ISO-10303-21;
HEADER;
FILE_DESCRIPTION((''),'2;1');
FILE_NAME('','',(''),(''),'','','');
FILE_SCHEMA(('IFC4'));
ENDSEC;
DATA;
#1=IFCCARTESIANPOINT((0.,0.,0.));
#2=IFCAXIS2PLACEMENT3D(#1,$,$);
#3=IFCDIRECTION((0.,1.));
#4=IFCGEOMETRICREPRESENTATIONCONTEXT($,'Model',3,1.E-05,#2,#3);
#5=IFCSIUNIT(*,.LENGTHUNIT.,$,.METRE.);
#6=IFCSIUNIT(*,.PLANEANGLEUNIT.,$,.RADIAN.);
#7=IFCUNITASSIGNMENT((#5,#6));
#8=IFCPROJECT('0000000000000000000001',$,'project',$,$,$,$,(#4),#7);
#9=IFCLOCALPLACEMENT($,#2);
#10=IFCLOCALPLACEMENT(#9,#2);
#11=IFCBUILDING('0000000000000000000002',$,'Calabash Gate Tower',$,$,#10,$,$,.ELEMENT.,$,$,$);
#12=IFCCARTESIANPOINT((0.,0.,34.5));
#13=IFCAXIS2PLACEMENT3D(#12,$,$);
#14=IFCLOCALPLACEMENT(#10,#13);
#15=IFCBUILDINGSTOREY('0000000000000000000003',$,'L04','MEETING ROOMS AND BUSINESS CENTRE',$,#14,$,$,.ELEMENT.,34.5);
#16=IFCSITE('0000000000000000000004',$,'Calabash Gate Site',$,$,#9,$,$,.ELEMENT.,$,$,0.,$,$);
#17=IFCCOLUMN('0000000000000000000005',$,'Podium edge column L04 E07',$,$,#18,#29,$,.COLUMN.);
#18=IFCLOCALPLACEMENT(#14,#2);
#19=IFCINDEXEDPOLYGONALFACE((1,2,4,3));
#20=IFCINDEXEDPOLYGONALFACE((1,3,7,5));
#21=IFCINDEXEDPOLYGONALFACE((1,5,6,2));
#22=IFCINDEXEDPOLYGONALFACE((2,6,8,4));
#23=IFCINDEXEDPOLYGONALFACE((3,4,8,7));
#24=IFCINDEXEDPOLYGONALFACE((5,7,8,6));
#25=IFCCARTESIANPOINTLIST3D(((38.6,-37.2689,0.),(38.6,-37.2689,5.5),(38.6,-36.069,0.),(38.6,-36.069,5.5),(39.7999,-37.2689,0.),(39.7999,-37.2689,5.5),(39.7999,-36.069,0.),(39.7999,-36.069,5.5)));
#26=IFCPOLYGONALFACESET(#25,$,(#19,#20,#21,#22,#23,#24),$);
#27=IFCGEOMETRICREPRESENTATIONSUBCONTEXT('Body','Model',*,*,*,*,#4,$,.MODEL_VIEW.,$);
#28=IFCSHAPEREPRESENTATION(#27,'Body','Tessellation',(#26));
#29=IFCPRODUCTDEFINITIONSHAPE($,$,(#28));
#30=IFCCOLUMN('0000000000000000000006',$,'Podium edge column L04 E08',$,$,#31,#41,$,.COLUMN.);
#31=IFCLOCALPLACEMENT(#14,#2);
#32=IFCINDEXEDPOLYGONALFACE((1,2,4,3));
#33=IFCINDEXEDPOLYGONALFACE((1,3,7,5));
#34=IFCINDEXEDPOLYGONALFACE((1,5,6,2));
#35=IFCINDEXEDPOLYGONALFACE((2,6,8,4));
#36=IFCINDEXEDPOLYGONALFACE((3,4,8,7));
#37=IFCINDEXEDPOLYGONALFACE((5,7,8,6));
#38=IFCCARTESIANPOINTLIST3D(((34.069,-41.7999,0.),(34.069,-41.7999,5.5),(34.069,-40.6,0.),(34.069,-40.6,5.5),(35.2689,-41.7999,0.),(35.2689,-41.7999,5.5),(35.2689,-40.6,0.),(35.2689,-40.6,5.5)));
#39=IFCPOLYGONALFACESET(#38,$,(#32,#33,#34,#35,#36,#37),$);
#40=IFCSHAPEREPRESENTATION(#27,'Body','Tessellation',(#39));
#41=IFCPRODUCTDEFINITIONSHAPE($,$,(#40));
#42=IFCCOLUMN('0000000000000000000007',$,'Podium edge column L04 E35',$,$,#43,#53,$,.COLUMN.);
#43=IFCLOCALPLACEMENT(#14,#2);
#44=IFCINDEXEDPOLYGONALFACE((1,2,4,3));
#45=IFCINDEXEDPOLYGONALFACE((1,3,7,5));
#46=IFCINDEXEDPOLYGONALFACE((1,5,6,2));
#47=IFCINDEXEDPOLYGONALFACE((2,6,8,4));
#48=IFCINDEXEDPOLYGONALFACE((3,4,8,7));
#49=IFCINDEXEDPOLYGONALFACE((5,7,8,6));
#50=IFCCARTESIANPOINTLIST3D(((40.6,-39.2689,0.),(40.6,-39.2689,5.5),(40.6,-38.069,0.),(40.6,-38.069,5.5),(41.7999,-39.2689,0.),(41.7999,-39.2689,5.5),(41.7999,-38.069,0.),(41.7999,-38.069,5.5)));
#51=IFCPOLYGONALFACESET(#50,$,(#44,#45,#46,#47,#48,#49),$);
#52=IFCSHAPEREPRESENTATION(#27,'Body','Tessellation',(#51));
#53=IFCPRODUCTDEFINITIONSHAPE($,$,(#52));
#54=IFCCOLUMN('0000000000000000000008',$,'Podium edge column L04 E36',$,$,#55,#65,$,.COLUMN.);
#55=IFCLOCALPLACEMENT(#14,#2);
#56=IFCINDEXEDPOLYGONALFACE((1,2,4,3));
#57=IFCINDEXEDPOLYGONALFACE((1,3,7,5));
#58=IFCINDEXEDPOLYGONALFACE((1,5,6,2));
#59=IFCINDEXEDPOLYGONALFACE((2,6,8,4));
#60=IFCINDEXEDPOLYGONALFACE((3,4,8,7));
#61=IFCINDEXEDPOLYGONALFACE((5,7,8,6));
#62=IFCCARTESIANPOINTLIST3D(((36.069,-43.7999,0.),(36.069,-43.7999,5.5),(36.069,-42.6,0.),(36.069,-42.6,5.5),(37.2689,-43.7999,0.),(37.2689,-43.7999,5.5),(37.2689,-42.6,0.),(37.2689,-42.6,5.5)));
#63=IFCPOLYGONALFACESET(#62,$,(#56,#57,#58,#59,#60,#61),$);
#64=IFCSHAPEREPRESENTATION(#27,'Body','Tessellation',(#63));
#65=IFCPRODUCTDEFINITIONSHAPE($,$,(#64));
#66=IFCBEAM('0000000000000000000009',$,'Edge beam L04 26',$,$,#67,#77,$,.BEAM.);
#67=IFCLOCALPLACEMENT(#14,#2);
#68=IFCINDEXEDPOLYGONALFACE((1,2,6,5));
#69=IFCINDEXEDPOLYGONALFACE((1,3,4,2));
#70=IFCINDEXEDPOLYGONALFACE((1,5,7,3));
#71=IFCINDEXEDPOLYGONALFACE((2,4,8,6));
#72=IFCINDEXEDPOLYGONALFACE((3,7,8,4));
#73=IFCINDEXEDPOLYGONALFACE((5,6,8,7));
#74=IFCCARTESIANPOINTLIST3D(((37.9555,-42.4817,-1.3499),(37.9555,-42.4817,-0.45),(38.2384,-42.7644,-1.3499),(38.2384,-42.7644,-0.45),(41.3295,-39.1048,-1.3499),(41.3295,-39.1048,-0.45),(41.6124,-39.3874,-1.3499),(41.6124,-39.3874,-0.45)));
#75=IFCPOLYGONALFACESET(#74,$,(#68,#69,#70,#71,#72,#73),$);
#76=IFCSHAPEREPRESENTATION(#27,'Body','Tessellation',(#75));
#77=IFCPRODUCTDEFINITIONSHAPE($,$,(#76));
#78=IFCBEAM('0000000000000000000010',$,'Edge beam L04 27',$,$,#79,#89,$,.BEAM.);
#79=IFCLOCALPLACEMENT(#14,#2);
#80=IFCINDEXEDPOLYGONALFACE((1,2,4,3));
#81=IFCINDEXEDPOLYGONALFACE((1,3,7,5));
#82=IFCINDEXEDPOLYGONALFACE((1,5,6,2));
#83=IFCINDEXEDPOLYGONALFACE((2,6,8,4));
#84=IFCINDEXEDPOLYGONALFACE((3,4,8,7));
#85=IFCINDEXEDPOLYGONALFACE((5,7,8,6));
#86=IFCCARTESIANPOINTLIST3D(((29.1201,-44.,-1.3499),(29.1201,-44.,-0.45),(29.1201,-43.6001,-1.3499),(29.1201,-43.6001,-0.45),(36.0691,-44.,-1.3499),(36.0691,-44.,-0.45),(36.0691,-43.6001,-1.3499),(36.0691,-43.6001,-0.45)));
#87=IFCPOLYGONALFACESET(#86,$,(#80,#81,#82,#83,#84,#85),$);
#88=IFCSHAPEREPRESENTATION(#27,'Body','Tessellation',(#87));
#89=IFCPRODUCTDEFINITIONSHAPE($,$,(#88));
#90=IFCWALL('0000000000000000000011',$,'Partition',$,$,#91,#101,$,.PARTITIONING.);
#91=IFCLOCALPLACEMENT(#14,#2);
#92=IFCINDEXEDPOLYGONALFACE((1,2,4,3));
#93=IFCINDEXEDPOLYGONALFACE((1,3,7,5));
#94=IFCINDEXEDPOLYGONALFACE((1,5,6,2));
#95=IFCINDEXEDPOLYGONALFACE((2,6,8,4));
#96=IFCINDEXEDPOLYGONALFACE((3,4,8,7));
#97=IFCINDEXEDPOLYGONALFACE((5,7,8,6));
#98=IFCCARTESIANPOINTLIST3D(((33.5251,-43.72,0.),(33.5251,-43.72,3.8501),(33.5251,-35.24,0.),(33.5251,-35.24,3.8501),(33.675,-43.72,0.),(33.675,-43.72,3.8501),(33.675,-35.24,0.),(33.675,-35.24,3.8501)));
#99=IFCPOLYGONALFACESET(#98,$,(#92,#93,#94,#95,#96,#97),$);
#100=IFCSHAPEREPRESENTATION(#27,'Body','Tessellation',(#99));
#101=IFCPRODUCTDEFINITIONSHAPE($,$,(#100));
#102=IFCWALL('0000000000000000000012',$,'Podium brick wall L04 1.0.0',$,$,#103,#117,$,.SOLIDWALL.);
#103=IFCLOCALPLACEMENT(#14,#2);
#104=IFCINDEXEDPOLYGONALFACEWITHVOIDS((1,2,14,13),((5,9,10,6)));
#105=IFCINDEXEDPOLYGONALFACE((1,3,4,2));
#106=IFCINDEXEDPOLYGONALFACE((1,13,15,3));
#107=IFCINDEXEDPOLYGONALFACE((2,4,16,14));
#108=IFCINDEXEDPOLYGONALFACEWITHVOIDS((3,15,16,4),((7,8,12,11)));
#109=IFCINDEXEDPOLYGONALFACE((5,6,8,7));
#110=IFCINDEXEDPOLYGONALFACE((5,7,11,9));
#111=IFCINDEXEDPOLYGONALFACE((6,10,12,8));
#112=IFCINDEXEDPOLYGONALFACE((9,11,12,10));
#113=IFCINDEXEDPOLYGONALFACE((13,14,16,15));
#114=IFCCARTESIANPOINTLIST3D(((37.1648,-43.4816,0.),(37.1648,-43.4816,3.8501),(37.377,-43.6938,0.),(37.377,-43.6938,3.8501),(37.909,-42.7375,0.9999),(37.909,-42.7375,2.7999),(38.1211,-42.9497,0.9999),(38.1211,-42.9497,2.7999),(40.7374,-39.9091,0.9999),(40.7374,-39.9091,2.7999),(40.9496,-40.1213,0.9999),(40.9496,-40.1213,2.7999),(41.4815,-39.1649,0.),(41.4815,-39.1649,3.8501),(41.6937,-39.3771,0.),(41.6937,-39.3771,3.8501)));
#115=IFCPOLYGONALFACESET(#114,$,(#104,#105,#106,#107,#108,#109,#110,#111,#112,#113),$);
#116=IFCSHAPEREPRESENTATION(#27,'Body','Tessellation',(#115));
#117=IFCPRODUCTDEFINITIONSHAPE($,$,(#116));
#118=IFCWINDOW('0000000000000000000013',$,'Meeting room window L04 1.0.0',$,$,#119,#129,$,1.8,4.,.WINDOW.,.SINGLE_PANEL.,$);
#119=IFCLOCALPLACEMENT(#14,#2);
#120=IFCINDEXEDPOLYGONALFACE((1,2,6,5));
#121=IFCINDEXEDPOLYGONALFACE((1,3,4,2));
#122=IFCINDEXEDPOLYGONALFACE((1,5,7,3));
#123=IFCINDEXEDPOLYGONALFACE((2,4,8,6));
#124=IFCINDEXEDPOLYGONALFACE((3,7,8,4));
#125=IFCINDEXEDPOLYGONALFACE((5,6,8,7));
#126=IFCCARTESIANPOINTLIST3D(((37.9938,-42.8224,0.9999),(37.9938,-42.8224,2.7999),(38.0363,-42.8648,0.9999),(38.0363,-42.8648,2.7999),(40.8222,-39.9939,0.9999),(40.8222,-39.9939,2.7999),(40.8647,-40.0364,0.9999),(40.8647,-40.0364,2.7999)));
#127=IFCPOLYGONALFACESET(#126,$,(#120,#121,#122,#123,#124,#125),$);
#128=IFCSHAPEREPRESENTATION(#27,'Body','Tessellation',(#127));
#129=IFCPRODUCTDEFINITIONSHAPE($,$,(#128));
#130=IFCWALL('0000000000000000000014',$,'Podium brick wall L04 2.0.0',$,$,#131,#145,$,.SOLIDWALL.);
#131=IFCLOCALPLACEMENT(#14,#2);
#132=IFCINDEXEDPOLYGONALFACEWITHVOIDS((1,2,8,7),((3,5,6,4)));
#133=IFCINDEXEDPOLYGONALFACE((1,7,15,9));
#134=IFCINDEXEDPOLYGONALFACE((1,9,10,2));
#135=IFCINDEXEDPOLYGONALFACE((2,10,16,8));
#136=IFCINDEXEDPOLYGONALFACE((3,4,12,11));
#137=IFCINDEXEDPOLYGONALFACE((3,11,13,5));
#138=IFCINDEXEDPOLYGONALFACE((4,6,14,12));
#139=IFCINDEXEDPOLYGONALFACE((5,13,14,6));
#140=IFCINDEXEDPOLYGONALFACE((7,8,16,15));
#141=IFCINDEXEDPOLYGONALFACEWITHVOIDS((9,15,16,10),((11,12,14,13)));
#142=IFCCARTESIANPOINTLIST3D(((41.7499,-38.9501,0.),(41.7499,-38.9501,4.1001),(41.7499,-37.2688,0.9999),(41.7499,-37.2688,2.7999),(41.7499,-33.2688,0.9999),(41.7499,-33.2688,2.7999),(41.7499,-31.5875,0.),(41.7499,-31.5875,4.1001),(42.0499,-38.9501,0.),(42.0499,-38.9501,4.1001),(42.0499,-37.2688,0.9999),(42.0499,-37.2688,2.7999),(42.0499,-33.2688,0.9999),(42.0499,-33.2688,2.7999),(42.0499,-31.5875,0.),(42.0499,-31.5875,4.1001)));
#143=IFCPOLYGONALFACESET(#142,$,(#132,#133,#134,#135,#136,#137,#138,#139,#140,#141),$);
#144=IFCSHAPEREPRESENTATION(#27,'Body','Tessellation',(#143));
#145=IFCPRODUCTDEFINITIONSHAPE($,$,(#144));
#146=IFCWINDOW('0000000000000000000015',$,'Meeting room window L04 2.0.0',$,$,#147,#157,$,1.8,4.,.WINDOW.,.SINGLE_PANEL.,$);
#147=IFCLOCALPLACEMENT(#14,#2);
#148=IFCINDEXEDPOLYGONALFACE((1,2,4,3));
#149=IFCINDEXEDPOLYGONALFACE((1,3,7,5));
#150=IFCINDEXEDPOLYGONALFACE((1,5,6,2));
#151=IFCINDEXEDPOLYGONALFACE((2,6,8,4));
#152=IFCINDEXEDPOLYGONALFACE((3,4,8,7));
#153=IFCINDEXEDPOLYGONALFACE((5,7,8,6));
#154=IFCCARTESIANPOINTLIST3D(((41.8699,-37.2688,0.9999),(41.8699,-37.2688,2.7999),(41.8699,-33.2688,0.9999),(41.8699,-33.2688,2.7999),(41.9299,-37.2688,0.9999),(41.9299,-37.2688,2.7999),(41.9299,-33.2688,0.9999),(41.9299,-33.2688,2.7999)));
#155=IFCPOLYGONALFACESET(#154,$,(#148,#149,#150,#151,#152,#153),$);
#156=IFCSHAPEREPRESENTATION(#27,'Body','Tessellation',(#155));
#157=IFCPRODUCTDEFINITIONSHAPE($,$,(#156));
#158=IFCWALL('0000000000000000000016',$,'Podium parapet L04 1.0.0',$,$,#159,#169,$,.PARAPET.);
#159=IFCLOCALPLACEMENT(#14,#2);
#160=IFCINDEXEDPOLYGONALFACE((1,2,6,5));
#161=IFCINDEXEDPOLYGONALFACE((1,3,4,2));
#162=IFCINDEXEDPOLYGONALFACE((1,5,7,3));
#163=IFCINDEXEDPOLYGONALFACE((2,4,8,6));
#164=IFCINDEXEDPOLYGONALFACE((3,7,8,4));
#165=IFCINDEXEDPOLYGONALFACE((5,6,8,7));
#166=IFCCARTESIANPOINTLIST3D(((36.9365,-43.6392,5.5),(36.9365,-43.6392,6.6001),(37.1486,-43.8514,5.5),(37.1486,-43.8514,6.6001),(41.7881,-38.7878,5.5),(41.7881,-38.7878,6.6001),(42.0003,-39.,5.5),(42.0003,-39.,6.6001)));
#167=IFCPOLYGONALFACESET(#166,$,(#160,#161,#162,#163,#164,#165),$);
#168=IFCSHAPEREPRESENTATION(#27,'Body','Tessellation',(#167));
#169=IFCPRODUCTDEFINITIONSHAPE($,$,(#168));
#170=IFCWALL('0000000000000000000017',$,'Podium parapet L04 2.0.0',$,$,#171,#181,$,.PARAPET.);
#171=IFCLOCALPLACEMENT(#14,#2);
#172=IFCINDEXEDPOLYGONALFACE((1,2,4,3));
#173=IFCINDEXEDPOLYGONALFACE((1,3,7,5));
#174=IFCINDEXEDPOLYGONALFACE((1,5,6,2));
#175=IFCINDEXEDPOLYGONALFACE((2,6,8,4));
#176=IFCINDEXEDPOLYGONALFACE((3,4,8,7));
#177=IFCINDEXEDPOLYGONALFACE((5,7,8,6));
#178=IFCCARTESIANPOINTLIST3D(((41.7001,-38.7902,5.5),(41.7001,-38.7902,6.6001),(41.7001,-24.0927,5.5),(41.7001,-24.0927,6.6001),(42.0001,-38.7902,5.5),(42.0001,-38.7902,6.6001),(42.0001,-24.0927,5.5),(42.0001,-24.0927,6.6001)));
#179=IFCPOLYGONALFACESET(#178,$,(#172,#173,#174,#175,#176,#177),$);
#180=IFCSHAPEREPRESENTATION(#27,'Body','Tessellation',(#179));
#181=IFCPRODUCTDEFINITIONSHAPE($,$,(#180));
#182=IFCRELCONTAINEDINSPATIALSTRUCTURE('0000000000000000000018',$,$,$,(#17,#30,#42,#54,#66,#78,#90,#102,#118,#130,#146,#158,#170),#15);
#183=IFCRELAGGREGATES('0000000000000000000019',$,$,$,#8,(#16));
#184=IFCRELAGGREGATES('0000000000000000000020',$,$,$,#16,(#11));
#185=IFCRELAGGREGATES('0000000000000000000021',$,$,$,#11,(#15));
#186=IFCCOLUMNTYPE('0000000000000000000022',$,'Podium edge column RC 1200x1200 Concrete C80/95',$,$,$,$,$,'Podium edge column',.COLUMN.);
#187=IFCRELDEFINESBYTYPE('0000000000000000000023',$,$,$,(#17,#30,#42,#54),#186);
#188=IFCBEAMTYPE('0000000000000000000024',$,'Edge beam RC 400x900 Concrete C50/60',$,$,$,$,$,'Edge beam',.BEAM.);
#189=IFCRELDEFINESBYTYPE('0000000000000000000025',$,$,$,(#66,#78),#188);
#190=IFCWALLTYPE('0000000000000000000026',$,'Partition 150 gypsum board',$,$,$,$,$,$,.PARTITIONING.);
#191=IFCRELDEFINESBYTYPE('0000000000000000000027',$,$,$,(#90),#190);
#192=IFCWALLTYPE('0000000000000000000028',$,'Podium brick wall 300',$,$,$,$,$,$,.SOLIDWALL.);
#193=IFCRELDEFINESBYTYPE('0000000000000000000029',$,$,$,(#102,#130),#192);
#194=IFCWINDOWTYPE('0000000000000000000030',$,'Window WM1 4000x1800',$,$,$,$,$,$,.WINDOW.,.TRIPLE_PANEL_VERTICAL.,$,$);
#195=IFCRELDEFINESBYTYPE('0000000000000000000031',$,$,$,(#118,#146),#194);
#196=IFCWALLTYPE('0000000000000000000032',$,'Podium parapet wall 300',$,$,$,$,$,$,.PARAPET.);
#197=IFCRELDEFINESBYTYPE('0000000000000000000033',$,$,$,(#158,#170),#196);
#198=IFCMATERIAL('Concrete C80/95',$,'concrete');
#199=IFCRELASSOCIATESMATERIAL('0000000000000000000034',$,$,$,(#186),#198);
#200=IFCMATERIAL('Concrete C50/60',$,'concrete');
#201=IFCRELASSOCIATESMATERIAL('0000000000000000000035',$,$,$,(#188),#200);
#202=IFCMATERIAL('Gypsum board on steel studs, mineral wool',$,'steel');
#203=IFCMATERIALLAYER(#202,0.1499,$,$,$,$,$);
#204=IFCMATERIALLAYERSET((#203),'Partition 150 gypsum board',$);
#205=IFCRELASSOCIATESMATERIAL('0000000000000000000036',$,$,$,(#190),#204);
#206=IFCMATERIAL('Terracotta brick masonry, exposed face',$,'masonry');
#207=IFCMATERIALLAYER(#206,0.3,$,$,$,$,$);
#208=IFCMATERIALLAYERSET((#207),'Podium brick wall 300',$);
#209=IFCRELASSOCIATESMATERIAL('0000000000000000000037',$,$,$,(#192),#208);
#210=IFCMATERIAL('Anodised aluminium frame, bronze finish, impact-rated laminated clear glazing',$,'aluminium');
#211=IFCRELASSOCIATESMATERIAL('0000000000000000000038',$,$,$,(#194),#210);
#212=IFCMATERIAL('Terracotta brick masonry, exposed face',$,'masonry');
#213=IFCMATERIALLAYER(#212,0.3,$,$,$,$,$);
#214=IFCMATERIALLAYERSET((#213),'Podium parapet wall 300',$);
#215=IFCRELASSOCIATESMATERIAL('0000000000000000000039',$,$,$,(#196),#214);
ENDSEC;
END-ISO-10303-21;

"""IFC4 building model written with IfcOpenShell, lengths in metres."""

from ifc_helpers import new_model, si_unit, direction, frame, frame_2d, origin, origin_2d, place, context, subcontext, project, spatial, rectangle, extrude, material, layer, layer_set, material_profile, profile_set, type_object, element, fill, save


model = new_model("IFC4")

# Units and contexts
model_context = context("Model", 3, precision=1e-05, world=origin(), true_north=direction((0.0, 1.0)))
body_context = subcontext(model_context, "Body", "Model", "MODEL_VIEW")
ifc_project = project(units=[si_unit("LENGTHUNIT", "METRE"), si_unit("PLANEANGLEUNIT", "RADIAN")], contexts=[model_context])

# Site, building, storey
site_placement = place(None, origin())
site = spatial("IfcSite", under=ifc_project, at=site_placement, Name="Calabash Gate Site", CompositionType="ELEMENT", RefElevation=0.0)
building_placement = place(site_placement, origin())
building = spatial("IfcBuilding", under=site, at=building_placement, Name="Calabash Gate Tower", CompositionType="ELEMENT")
storey_placement = place(building_placement, frame((0.0, 0.0, 34.5)))
storey = spatial("IfcBuildingStorey", under=building, at=storey_placement, Name="L04", Description="MEETING ROOMS AND BUSINESS CENTRE", CompositionType="ELEMENT", Elevation=34.5)

# Columns
ifc_material_1 = material(Name="Concrete C80/95", Category="concrete")
ifc_material_profile_1 = material_profile(ifc_material_1, rectangle(XDim=1.2, YDim=1.2, at=origin_2d()))
ifc_profile_set_1 = profile_set([ifc_material_profile_1], Name="Concrete C80/95")
column_type = type_object("IfcColumnType", Name="Podium edge column RC 1200x1200 Concrete C80/95", ElementType="Podium edge column", PredefinedType="COLUMN", material=ifc_profile_set_1)
for number, where, z_axis, x_axis, name in (
    (1, (39.2, -36.6689, 0.0), (0.0, 0.0, 1.0), (1.0, 0.0, 0.0), "Podium edge column L04 E07"),
    (2, (34.6689, -41.2, 0.0), (0.0, 0.0, 1.0), (1.0, 0.0, 0.0), "Podium edge column L04 E08"),
    (3, (41.2, -38.6689, 0.0), (0.0, 0.0, 1.0), (1.0, 0.0, 0.0), "Podium edge column L04 E35"),
    (4, (36.6689, -43.2, 0.0), (0.0, 0.0, 1.0), (1.0, 0.0, 0.0), "Podium edge column L04 E36"),
):
    element("IfcColumn", number, at=place(storey_placement, frame(where, z_axis=z_axis, x_axis=x_axis)), inside=storey, type_object=column_type, Name=name, PredefinedType="COLUMN", context=body_context, shape_type="SweptSolid", body=[
        extrude(rectangle(XDim=1.2, YDim=1.2, at=origin_2d()), origin(), (0.0, 0.0, 1.0), 5.5),
    ])

# Beams
ifc_material_2 = material(Name="Concrete C50/60", Category="concrete")
ifc_material_profile_2 = material_profile(ifc_material_2, rectangle(XDim=0.3999, YDim=0.8999, at=origin_2d()))
ifc_profile_set_2 = profile_set([ifc_material_profile_2], Name="Concrete C50/60")
beam_type = type_object("IfcBeamType", Name="Edge beam RC 400x900 Concrete C50/60", ElementType="Edge beam", PredefinedType="BEAM", material=ifc_profile_set_2)
beam_1_placement = place(storey_placement, frame((41.4709, -39.2461, -0.8999), z_axis=(-0.7068, -0.707414, 0.0), x_axis=(0.707414, -0.7068, 0.0)))
element("IfcBeam", 5, at=beam_1_placement, inside=storey, type_object=beam_type, Name="Edge beam L04 26", PredefinedType="BEAM", context=body_context, shape_type="SweptSolid", body=[
    extrude(rectangle(XDim=0.3999, YDim=0.8999, at=origin_2d()), origin(), (0.0, 0.0, 1.0), 4.7737),
])
beam_2_placement = place(storey_placement, frame((36.0691, -43.8, -0.8999), z_axis=(-1.0, 0.0, 0.0), x_axis=(0.0, -1.0, 0.0)))
element("IfcBeam", 6, at=beam_2_placement, inside=storey, type_object=beam_type, Name="Edge beam L04 27", PredefinedType="BEAM", context=body_context, shape_type="SweptSolid", body=[
    extrude(rectangle(XDim=0.3999, YDim=0.8999, at=origin_2d()), origin(), (0.0, 0.0, 1.0), 6.949),
])

# Wall
ifc_material_3 = material(Name="Gypsum board on steel studs, mineral wool", Category="steel")
ifc_layer_1 = layer(ifc_material_3, 0.1499)
ifc_layer_set_1 = layer_set([ifc_layer_1], Name="Partition 150 gypsum board")
wall_type_1 = type_object("IfcWallType", Name="Partition 150 gypsum board", PredefinedType="PARTITIONING", material=ifc_layer_set_1)
wall_1_placement = place(storey_placement, frame((33.6001, -43.72, 0.0), z_axis=(0.0, 0.0, 1.0), x_axis=(0.0, 1.0, 0.0)))
element("IfcWall", 7, at=wall_1_placement, inside=storey, type_object=wall_type_1, Name="Partition", PredefinedType="PARTITIONING", context=body_context, shape_type="SweptSolid", body=[
    extrude(rectangle(XDim=8.48, YDim=0.1499, at=frame_2d((4.24, 0.0))), origin(), (0.0, 0.0, 1.0), 3.8501),
])

# Walls, openings, windows
ifc_material_4 = material(Name="Terracotta brick masonry, exposed face", Category="masonry")
ifc_layer_2 = layer(ifc_material_4, 0.3)
ifc_layer_set_2 = layer_set([ifc_layer_2], Name="Podium brick wall 300")
wall_type_2 = type_object("IfcWallType", Name="Podium brick wall 300", PredefinedType="SOLIDWALL", material=ifc_layer_set_2)
wall_2_placement = place(storey_placement, frame((37.271, -43.5876, 0.0), z_axis=(0.0, 0.0, 1.0), x_axis=(0.707107, 0.707107, 0.0)))
wall_2 = element("IfcWall", 8, at=wall_2_placement, inside=storey, type_object=wall_type_2, Name="Podium brick wall L04 1.0.0", PredefinedType="SOLIDWALL", context=body_context, shape_type="SweptSolid", body=[
    extrude(rectangle(XDim=6.1047, YDim=0.3, at=frame_2d((3.0522, 0.0))), origin(), (0.0, 0.0, 1.0), 3.8501),
])
opening_1_placement = place(wall_2_placement, frame((1.0522, 0.0, 1.0)))
opening_1 = element("IfcOpeningElement", 9, at=opening_1_placement, cuts=wall_2, PredefinedType="OPENING", context=body_context, shape_type="SweptSolid", body=[
    extrude(rectangle(XDim=4.0, YDim=1.8, at=frame_2d((2.0, 0.8999))), frame((0.0, 0.1599, 0.0), z_axis=(0.0, -1.0, 0.0), x_axis=(1.0, 0.0, 0.0)), (0.0, 0.0, 1.0), 0.3201),
])
ifc_material_5 = material(Name="Anodised aluminium frame, bronze finish, impact-rated laminated clear glazing", Category="aluminium")
window_type = type_object("IfcWindowType", Name="Window WM1 4000x1800", PartitioningType="TRIPLE_PANEL_VERTICAL", PredefinedType="WINDOW", material=ifc_material_5)
window_1_placement = place(opening_1_placement, origin())
window_1 = element("IfcWindow", 10, at=window_1_placement, inside=storey, type_object=window_type, Name="Meeting room window L04 1.0.0", OverallHeight=1.8, OverallWidth=4.0, PartitioningType="SINGLE_PANEL", PredefinedType="WINDOW", context=body_context, shape_type="SweptSolid", body=[
    extrude(rectangle(XDim=4.0, YDim=1.8, at=frame_2d((2.0, 0.8999))), frame((0.0, 0.03, 0.0), z_axis=(0.0, -1.0, 0.0), x_axis=(1.0, 0.0, 0.0)), (0.0, 0.0, 1.0), 0.0601),
])
fill(opening_1, window_1)
wall_3_placement = place(storey_placement, frame((41.8999, -38.95, 0.0), z_axis=(0.0, 0.0, 1.0), x_axis=(0.0, 1.0, 0.0)))
wall_3 = element("IfcWall", 11, at=wall_3_placement, inside=storey, type_object=wall_type_2, Name="Podium brick wall L04 2.0.0", PredefinedType="SOLIDWALL", context=body_context, shape_type="SweptSolid", body=[
    extrude(rectangle(XDim=7.3625, YDim=0.3, at=frame_2d((3.6812, 0.0))), origin(), (0.0, 0.0, 1.0), 4.1001),
])
opening_2_placement = place(wall_3_placement, frame((1.6812, 0.0, 1.0)))
opening_2 = element("IfcOpeningElement", 12, at=opening_2_placement, cuts=wall_3, PredefinedType="OPENING", context=body_context, shape_type="SweptSolid", body=[
    extrude(rectangle(XDim=4.0, YDim=1.8, at=frame_2d((2.0, 0.8999))), frame((0.0, 0.1599, 0.0), z_axis=(0.0, -1.0, 0.0), x_axis=(1.0, 0.0, 0.0)), (0.0, 0.0, 1.0), 0.3201),
])
window_2_placement = place(opening_2_placement, origin())
window_2 = element("IfcWindow", 13, at=window_2_placement, inside=storey, type_object=window_type, Name="Meeting room window L04 2.0.0", OverallHeight=1.8, OverallWidth=4.0, PartitioningType="SINGLE_PANEL", PredefinedType="WINDOW", context=body_context, shape_type="SweptSolid", body=[
    extrude(rectangle(XDim=4.0, YDim=1.8, at=frame_2d((2.0, 0.8999))), frame((0.0, 0.03, 0.0), z_axis=(0.0, -1.0, 0.0), x_axis=(1.0, 0.0, 0.0)), (0.0, 0.0, 1.0), 0.0601),
])
fill(opening_2, window_2)

# Walls
ifc_material_6 = material(Name="Terracotta brick masonry, exposed face", Category="masonry")
ifc_layer_3 = layer(ifc_material_6, 0.3)
ifc_layer_set_3 = layer_set([ifc_layer_3], Name="Podium parapet wall 300")
wall_type_3 = type_object("IfcWallType", Name="Podium parapet wall 300", PredefinedType="PARAPET", material=ifc_layer_set_3)
wall_4_placement = place(storey_placement, frame((37.0425, -43.7454, 5.5), z_axis=(0.0, 0.0, 1.0), x_axis=(0.707125, 0.707089, 0.0)))
element("IfcWall", 14, at=wall_4_placement, inside=storey, type_object=wall_type_3, Name="Podium parapet L04 1.0.0", PredefinedType="PARAPET", context=body_context, shape_type="SweptSolid", body=[
    extrude(rectangle(XDim=6.8611, YDim=0.3, at=frame_2d((3.4307, 0.0))), origin(), (0.0, 0.0, 1.0), 1.1001),
])
wall_5_placement = place(storey_placement, frame((41.8501, -38.79, 5.5), z_axis=(0.0, 0.0, 1.0), x_axis=(0.0, 1.0, 0.0)))
element("IfcWall", 15, at=wall_5_placement, inside=storey, type_object=wall_type_3, Name="Podium parapet L04 2.0.0", PredefinedType="PARAPET", context=body_context, shape_type="SweptSolid", body=[
    extrude(rectangle(XDim=14.6975, YDim=0.3, at=frame_2d((7.3486, 0.0))), origin(), (0.0, 0.0, 1.0), 1.1001),
])

save(model, "model.ifc")
